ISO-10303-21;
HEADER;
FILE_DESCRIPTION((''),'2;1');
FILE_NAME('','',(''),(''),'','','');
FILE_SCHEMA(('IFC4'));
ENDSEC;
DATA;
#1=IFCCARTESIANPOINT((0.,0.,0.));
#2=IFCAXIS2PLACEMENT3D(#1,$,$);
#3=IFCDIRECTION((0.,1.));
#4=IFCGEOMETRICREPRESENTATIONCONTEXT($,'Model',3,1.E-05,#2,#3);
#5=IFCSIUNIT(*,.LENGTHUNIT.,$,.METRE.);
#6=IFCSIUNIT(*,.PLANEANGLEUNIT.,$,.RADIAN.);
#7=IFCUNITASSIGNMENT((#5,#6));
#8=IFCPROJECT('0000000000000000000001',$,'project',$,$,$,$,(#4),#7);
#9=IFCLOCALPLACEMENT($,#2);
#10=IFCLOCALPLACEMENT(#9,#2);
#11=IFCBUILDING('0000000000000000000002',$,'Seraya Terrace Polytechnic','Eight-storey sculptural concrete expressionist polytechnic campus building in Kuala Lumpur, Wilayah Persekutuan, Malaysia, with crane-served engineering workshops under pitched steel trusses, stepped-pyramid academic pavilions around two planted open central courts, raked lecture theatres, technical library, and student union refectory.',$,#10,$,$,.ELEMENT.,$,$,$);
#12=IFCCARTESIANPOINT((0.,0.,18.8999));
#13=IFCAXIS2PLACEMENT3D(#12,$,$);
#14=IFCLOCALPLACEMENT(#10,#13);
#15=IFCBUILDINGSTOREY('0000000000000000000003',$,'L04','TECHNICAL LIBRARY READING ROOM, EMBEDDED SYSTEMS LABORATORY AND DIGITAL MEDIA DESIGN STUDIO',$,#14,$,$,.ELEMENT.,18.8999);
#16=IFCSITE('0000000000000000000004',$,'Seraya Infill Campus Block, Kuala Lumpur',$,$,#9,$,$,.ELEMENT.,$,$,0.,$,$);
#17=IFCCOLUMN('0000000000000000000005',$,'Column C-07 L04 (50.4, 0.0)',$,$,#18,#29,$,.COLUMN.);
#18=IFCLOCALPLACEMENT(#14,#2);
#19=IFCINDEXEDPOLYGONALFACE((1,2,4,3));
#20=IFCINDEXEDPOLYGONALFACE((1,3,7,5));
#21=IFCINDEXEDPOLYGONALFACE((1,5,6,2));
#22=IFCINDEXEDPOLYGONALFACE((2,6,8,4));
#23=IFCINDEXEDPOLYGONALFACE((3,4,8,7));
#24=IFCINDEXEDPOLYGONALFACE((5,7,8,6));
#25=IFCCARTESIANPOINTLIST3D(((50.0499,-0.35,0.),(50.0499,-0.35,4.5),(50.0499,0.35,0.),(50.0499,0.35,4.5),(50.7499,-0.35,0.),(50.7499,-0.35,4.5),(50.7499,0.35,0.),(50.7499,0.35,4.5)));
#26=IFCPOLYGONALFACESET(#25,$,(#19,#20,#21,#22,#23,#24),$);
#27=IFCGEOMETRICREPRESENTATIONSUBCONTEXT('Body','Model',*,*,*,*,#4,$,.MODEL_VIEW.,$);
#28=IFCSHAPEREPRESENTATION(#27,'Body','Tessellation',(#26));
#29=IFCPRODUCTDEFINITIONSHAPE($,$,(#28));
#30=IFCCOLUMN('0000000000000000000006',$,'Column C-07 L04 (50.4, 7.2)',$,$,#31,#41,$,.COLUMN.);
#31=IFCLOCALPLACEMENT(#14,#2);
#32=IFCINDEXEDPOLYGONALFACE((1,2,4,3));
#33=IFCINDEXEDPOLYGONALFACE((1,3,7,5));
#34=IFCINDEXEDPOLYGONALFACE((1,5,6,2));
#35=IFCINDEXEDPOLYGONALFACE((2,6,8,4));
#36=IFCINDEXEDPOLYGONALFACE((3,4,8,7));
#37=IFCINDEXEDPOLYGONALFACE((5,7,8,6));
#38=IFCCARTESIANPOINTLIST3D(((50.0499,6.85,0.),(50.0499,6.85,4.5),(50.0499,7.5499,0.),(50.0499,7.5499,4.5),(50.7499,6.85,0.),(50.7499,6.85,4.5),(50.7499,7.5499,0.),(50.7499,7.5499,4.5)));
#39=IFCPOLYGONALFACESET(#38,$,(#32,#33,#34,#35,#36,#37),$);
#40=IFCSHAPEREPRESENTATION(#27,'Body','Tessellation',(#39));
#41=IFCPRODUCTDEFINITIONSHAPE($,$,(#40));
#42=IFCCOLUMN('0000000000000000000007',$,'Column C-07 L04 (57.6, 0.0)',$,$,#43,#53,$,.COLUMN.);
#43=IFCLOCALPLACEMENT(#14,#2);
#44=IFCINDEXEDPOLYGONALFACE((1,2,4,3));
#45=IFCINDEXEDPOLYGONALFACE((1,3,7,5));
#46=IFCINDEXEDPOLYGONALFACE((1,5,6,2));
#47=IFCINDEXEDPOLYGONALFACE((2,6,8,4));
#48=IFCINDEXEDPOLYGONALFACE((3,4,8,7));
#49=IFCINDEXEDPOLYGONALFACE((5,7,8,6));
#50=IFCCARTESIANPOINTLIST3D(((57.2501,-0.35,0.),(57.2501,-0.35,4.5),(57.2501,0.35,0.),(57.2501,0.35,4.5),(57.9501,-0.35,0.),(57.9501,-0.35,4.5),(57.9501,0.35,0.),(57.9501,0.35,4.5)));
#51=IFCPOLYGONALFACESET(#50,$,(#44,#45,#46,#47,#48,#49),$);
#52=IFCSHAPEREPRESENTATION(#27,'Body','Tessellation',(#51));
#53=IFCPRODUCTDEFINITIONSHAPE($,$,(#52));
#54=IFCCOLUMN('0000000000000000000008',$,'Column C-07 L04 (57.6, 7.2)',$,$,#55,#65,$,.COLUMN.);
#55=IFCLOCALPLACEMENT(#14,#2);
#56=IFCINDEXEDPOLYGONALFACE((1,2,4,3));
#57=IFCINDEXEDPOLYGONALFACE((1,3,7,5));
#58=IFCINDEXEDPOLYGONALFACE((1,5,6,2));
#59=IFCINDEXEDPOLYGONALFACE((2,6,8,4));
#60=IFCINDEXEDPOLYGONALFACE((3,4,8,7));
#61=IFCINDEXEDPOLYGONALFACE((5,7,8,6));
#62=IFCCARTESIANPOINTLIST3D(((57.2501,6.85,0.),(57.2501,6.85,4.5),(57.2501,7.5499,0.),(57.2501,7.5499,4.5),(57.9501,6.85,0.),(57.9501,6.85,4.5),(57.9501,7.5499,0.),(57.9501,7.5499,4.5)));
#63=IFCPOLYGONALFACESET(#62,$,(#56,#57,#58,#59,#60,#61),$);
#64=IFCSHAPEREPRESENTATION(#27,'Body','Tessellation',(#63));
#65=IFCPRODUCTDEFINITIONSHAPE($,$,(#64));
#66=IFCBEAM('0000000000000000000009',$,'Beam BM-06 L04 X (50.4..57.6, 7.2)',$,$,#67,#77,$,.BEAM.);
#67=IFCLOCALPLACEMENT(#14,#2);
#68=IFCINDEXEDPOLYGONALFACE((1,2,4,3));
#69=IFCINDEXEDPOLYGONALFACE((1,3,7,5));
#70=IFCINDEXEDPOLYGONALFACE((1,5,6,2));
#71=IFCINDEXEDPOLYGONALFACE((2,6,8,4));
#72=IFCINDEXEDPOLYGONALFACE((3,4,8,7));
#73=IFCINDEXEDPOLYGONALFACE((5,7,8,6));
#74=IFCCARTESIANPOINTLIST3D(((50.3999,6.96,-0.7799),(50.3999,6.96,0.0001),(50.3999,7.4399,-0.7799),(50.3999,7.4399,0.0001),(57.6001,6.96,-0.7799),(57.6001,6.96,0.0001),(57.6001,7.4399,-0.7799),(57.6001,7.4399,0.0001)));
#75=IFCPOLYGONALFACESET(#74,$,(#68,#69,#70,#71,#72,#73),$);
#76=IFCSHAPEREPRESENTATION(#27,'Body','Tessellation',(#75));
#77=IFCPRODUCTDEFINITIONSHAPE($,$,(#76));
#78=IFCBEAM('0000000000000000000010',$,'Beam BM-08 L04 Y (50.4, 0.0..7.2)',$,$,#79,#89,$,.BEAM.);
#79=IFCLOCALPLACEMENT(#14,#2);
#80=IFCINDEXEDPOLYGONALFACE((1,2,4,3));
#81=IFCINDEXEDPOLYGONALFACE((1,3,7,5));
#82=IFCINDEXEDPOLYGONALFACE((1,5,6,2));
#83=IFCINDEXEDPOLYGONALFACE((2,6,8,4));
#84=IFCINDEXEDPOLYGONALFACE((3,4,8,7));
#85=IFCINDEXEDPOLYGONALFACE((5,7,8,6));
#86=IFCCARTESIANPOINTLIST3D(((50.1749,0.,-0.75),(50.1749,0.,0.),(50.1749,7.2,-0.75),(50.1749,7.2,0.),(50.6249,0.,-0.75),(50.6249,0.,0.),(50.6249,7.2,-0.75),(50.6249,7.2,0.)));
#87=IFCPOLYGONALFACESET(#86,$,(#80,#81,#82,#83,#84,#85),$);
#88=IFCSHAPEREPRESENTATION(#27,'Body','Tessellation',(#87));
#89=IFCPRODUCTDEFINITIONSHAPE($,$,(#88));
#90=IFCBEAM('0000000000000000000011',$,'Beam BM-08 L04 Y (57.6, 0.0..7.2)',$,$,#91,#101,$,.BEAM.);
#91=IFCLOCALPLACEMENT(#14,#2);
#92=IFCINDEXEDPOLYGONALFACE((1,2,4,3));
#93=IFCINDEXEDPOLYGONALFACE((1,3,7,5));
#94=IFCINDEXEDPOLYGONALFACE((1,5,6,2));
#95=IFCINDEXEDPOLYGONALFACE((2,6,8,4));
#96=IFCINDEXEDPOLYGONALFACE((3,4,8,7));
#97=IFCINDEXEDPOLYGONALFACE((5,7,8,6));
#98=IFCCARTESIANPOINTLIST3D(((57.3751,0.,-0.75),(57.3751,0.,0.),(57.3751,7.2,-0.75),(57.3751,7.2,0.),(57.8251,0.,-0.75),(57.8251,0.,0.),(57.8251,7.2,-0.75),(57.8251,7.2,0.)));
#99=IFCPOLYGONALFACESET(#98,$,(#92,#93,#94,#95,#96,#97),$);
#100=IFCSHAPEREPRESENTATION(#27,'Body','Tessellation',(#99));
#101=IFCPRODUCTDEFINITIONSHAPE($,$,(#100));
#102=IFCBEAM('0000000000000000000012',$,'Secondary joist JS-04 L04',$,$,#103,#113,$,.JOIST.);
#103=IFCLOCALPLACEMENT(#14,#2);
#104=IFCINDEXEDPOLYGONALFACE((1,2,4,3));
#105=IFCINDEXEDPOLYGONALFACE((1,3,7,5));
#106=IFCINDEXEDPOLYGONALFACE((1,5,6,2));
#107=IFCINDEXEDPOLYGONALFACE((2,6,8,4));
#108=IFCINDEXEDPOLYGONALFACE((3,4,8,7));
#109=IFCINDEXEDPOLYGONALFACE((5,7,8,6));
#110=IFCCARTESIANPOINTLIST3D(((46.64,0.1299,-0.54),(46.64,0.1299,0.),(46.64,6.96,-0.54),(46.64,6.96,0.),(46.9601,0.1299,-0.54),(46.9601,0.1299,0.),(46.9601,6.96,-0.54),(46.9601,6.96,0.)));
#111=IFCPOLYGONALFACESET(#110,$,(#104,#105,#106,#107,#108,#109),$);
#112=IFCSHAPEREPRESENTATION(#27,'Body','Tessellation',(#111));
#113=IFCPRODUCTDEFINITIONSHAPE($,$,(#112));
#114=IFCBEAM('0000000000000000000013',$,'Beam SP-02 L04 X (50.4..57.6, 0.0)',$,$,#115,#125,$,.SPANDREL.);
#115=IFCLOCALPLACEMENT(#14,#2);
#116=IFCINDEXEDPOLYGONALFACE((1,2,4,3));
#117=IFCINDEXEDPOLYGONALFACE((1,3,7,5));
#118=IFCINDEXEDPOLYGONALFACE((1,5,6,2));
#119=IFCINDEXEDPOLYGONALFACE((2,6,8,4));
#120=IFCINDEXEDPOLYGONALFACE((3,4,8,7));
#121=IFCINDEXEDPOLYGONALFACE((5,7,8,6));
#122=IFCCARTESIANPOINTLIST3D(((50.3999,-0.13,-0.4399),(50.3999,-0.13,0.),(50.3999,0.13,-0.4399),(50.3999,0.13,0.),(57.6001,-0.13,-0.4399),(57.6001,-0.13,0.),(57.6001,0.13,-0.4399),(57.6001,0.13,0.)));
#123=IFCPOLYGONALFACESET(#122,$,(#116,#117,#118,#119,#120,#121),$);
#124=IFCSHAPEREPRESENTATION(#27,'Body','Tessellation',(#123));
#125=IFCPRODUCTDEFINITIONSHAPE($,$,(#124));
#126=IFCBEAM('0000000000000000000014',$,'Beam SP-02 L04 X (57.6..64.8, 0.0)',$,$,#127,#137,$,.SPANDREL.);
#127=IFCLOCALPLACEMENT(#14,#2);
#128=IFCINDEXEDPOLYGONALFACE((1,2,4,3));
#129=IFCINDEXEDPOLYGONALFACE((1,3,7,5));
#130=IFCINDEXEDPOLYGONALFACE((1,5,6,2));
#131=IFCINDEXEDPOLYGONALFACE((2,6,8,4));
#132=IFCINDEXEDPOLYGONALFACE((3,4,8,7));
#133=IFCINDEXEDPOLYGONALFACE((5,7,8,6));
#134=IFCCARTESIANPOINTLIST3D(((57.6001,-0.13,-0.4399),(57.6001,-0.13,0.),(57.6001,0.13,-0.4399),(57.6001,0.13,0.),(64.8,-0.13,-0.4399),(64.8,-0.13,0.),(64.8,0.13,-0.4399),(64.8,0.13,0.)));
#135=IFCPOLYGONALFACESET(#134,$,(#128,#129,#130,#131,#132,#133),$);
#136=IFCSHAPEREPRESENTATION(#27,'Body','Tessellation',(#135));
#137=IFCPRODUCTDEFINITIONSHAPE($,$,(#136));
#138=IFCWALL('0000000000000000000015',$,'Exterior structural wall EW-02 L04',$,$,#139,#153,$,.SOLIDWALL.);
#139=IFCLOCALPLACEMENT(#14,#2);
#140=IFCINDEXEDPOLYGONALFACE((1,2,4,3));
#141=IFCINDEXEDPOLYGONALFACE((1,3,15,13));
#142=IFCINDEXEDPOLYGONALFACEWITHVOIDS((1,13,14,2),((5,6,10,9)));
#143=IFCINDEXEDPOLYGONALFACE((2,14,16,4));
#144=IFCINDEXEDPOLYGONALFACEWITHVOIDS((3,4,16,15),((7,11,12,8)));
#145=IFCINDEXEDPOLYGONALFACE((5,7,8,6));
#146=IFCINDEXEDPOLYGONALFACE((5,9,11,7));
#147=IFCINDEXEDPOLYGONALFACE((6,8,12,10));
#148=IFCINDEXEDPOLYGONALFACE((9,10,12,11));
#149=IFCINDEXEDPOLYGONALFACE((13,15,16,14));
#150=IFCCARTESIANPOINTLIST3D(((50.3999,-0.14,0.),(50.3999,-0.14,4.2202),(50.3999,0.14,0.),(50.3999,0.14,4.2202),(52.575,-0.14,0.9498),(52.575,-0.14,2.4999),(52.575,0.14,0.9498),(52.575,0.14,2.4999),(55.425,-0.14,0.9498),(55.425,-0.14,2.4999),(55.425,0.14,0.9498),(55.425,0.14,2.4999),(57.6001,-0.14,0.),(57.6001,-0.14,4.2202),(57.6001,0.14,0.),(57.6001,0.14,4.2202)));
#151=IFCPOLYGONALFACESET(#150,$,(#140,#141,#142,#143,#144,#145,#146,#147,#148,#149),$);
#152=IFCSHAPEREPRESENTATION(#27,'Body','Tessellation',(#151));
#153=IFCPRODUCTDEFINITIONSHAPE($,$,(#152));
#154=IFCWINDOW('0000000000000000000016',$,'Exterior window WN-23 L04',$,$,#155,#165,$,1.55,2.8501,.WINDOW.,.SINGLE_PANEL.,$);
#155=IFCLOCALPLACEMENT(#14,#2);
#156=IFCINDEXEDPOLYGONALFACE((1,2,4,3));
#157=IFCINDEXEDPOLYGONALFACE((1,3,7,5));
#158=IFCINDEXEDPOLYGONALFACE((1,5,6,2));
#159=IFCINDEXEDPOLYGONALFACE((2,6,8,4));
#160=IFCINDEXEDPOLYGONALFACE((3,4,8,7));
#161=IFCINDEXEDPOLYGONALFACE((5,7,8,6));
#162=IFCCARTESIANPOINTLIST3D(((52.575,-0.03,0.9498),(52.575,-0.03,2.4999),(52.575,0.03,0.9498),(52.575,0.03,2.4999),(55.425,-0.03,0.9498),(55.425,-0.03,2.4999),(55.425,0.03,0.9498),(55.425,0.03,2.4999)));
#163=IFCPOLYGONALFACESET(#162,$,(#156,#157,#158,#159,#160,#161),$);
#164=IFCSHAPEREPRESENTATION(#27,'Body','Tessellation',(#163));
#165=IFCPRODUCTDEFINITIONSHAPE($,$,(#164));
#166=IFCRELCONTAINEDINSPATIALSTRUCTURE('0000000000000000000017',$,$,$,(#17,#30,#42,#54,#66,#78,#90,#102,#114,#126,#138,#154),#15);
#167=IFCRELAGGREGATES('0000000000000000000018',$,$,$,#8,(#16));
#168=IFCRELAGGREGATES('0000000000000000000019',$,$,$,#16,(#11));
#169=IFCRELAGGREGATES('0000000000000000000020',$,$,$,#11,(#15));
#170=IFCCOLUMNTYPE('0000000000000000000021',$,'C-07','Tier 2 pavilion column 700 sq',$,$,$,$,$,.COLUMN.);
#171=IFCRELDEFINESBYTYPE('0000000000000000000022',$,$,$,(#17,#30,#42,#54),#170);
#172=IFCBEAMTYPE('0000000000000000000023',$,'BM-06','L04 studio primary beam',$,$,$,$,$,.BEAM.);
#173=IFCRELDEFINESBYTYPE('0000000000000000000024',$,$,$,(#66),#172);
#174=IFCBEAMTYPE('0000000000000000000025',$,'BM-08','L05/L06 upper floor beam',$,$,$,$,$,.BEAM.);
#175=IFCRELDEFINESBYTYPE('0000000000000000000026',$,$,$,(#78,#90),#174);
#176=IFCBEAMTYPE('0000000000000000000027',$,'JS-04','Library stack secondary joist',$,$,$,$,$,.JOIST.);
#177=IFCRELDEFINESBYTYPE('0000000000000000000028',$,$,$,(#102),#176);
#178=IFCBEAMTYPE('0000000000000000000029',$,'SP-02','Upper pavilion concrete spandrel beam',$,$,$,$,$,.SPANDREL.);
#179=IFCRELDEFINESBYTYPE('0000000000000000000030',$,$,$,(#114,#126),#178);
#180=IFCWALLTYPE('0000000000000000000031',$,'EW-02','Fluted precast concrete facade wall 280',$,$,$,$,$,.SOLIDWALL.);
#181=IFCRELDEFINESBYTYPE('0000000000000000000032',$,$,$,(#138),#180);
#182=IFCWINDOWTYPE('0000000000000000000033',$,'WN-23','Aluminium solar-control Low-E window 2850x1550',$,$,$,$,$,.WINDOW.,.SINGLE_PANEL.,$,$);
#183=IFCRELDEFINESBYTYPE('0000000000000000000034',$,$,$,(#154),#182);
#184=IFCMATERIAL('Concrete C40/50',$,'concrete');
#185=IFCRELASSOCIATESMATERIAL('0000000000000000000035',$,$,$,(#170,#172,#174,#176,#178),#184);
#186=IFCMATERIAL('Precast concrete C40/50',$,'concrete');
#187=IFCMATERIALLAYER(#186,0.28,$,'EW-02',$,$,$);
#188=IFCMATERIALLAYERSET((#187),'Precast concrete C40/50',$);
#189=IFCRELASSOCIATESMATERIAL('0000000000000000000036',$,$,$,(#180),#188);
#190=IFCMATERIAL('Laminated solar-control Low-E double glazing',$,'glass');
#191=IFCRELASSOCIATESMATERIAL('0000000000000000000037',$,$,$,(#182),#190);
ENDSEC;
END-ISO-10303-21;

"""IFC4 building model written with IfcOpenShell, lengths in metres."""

from ifc_helpers import new_model, si_unit, direction, frame, frame_2d, origin, origin_2d, place, context, subcontext, project, spatial, rectangle, extrude, material, layer, layer_set, material_profile, profile_set, type_object, element, fill, save


model = new_model("IFC4")

# Units and contexts
model_context = context("Model", 3, precision=1e-05, world=origin(), true_north=direction((0.0, 1.0)))
body_context = subcontext(model_context, "Body", "Model", "MODEL_VIEW")
ifc_project = project(units=[si_unit("LENGTHUNIT", "METRE"), si_unit("PLANEANGLEUNIT", "RADIAN")], contexts=[model_context])

# Site, building, storey
site_placement = place(None, origin())
site = spatial("IfcSite", under=ifc_project, at=site_placement, Name="Seraya Infill Campus Block, Kuala Lumpur", CompositionType="ELEMENT", RefElevation=0.0)
building_placement = place(site_placement, origin())
building = spatial("IfcBuilding", under=site, at=building_placement, Name="Seraya Terrace Polytechnic", Description="Eight-storey sculptural concrete expressionist polytechnic campus building in Kuala Lumpur, Wilayah Persekutuan, Malaysia, with crane-served engineering workshops under pitched steel trusses, stepped-pyramid academic pavilions around two planted open central courts, raked lecture theatres, technical library, and student union refectory.", CompositionType="ELEMENT")
storey_placement = place(building_placement, frame((0.0, 0.0, 18.8999)))
storey = spatial("IfcBuildingStorey", under=building, at=storey_placement, Name="L04", Description="TECHNICAL LIBRARY READING ROOM, EMBEDDED SYSTEMS LABORATORY AND DIGITAL MEDIA DESIGN STUDIO", CompositionType="ELEMENT", Elevation=18.8999)

# Columns
ifc_material_1 = material(Name="Concrete C40/50", Category="concrete")
ifc_material_profile_1 = material_profile(ifc_material_1, rectangle(XDim=0.7, YDim=0.7, at=origin_2d()), Name="RC 700x700")
ifc_profile_set_1 = profile_set([ifc_material_profile_1], Name="Concrete C40/50")
column_type = type_object("IfcColumnType", Name="C-07", Description="Tier 2 pavilion column 700 sq", PredefinedType="COLUMN", material=ifc_profile_set_1)
for number, where, z_axis, x_axis, name in (
    (1, (50.3999, 0.0, 0.0), (0.0, 0.0, 1.0), (1.0, 0.0, 0.0), "Column C-07 L04 (50.4, 0.0)"),
    (2, (50.3999, 7.2, 0.0), (0.0, 0.0, 1.0), (1.0, 0.0, 0.0), "Column C-07 L04 (50.4, 7.2)"),
    (3, (57.6001, 0.0, 0.0), (0.0, 0.0, 1.0), (1.0, 0.0, 0.0), "Column C-07 L04 (57.6, 0.0)"),
    (4, (57.6001, 7.2, 0.0), (0.0, 0.0, 1.0), (1.0, 0.0, 0.0), "Column C-07 L04 (57.6, 7.2)"),
):
    element("IfcColumn", number, at=place(storey_placement, frame(where, z_axis=z_axis, x_axis=x_axis)), inside=storey, type_object=column_type, Name=name, PredefinedType="COLUMN", context=body_context, shape_type="SweptSolid", body=[
        extrude(rectangle(XDim=0.7, YDim=0.7, at=origin_2d()), origin(), (0.0, 0.0, 1.0), 4.5),
    ])

# Beams
ifc_material_profile_2 = material_profile(ifc_material_1, rectangle(XDim=0.48, YDim=0.78, at=origin_2d()), Name="RC 480x780")
ifc_profile_set_2 = profile_set([ifc_material_profile_2], Name="Concrete C40/50")
beam_type_1 = type_object("IfcBeamType", Name="BM-06", Description="L04 studio primary beam", PredefinedType="BEAM", material=ifc_profile_set_2)
beam_1_placement = place(storey_placement, frame((50.3999, 7.2, -0.3899), z_axis=(1.0, 0.0, 0.0), x_axis=(0.0, 1.0, 0.0)))
element("IfcBeam", 5, at=beam_1_placement, inside=storey, type_object=beam_type_1, Name="Beam BM-06 L04 X (50.4..57.6, 7.2)", PredefinedType="BEAM", context=body_context, shape_type="SweptSolid", body=[
    extrude(rectangle(XDim=0.48, YDim=0.78, at=origin_2d()), origin(), (0.0, 0.0, 1.0), 7.2002),
])
ifc_material_profile_3 = material_profile(ifc_material_1, rectangle(XDim=0.45, YDim=0.75, at=origin_2d()), Name="RC 450x750")
ifc_profile_set_3 = profile_set([ifc_material_profile_3], Name="Concrete C40/50")
beam_type_2 = type_object("IfcBeamType", Name="BM-08", Description="L05/L06 upper floor beam", PredefinedType="BEAM", material=ifc_profile_set_3)
for number, where, z_axis, x_axis, name in (
    (6, (50.3999, 0.0, -0.375), (0.0, 1.0, 0.0), (-1.0, 0.0, 0.0), "Beam BM-08 L04 Y (50.4, 0.0..7.2)"),
    (7, (57.6001, 0.0, -0.375), (0.0, 1.0, 0.0), (-1.0, 0.0, 0.0), "Beam BM-08 L04 Y (57.6, 0.0..7.2)"),
):
    element("IfcBeam", number, at=place(storey_placement, frame(where, z_axis=z_axis, x_axis=x_axis)), inside=storey, type_object=beam_type_2, Name=name, PredefinedType="BEAM", context=body_context, shape_type="SweptSolid", body=[
        extrude(rectangle(XDim=0.45, YDim=0.75, at=origin_2d()), origin(), (0.0, 0.0, 1.0), 7.2),
    ])
ifc_material_profile_4 = material_profile(ifc_material_1, rectangle(XDim=0.3201, YDim=0.54, at=origin_2d()), Name="RC 320x540")
ifc_profile_set_4 = profile_set([ifc_material_profile_4], Name="Concrete C40/50")
beam_type_3 = type_object("IfcBeamType", Name="JS-04", Description="Library stack secondary joist", PredefinedType="JOIST", material=ifc_profile_set_4)
beam_2_placement = place(storey_placement, frame((46.8, 0.1299, -0.27), z_axis=(0.0, 1.0, 0.0), x_axis=(-1.0, 0.0, 0.0)))
element("IfcBeam", 8, at=beam_2_placement, inside=storey, type_object=beam_type_3, Name="Secondary joist JS-04 L04", PredefinedType="JOIST", context=body_context, shape_type="SweptSolid", body=[
    extrude(rectangle(XDim=0.3201, YDim=0.54, at=origin_2d()), origin(), (0.0, 0.0, 1.0), 6.8301),
])
ifc_material_profile_5 = material_profile(ifc_material_1, rectangle(XDim=0.26, YDim=0.4399, at=origin_2d()), Name="RC 260x440")
ifc_profile_set_5 = profile_set([ifc_material_profile_5], Name="Concrete C40/50")
beam_type_4 = type_object("IfcBeamType", Name="SP-02", Description="Upper pavilion concrete spandrel beam", PredefinedType="SPANDREL", material=ifc_profile_set_5)
beam_3_placement = place(storey_placement, frame((50.3999, 0.0, -0.22), z_axis=(1.0, 0.0, 0.0), x_axis=(0.0, 1.0, 0.0)))
element("IfcBeam", 9, at=beam_3_placement, inside=storey, type_object=beam_type_4, Name="Beam SP-02 L04 X (50.4..57.6, 0.0)", PredefinedType="SPANDREL", context=body_context, shape_type="SweptSolid", body=[
    extrude(rectangle(XDim=0.26, YDim=0.4399, at=origin_2d()), origin(), (0.0, 0.0, 1.0), 7.2002),
])
beam_4_placement = place(storey_placement, frame((57.6001, 0.0, -0.22), z_axis=(1.0, 0.0, 0.0), x_axis=(0.0, 1.0, 0.0)))
element("IfcBeam", 10, at=beam_4_placement, inside=storey, type_object=beam_type_4, Name="Beam SP-02 L04 X (57.6..64.8, 0.0)", PredefinedType="SPANDREL", context=body_context, shape_type="SweptSolid", body=[
    extrude(rectangle(XDim=0.26, YDim=0.4399, at=origin_2d()), origin(), (0.0, 0.0, 1.0), 7.2),
])

# Wall, opening, window
ifc_material_2 = material(Name="Precast concrete C40/50", Category="concrete")
ifc_layer_1 = layer(ifc_material_2, 0.28, Name="EW-02")
ifc_layer_set_1 = layer_set([ifc_layer_1], Name="Precast concrete C40/50")
wall_type_1 = type_object("IfcWallType", Name="EW-02", Description="Fluted precast concrete facade wall 280", PredefinedType="SOLIDWALL", material=ifc_layer_set_1)
wall_1_placement = place(storey_placement, frame((57.6001, 0.0, 0.0), z_axis=(0.0, 0.0, 1.0), x_axis=(-1.0, 0.0, 0.0)))
wall_1 = element("IfcWall", 11, at=wall_1_placement, inside=storey, type_object=wall_type_1, Name="Exterior structural wall EW-02 L04", PredefinedType="SOLIDWALL", context=body_context, shape_type="SweptSolid", body=[
    extrude(rectangle(XDim=7.2002, YDim=0.28, at=frame_2d((3.6001, 0.0))), origin(), (0.0, 0.0, 1.0), 4.2202),
])
opening_1_placement = place(wall_1_placement, frame((2.175, 0.0, 0.95)))
opening_1 = element("IfcOpeningElement", 12, at=opening_1_placement, cuts=wall_1, PredefinedType="OPENING", context=body_context, shape_type="SweptSolid", body=[
    extrude(rectangle(XDim=2.8501, YDim=1.55, at=frame_2d((1.425, 0.7749))), frame((0.0, 0.1519, 0.0), z_axis=(0.0, -1.0, 0.0), x_axis=(1.0, 0.0, 0.0)), (0.0, 0.0, 1.0), 0.304),
])
ifc_material_3 = material(Name="Laminated solar-control Low-E double glazing", Category="glass")
window_type_1 = type_object("IfcWindowType", Name="WN-23", Description="Aluminium solar-control Low-E window 2850x1550", PartitioningType="SINGLE_PANEL", PredefinedType="WINDOW", material=ifc_material_3)
window_1_placement = place(opening_1_placement, origin())
window_1 = element("IfcWindow", 13, at=window_1_placement, inside=storey, type_object=window_type_1, Name="Exterior window WN-23 L04", OverallHeight=1.55, OverallWidth=2.8501, PartitioningType="SINGLE_PANEL", PredefinedType="WINDOW", context=body_context, shape_type="SweptSolid", body=[
    extrude(rectangle(XDim=2.8501, YDim=1.55, at=frame_2d((1.425, 0.7749))), frame((0.0, 0.03, 0.0), z_axis=(0.0, -1.0, 0.0), x_axis=(1.0, 0.0, 0.0)), (0.0, 0.0, 1.0), 0.0601),
])
fill(opening_1, window_1)

save(model, "model.ifc")
